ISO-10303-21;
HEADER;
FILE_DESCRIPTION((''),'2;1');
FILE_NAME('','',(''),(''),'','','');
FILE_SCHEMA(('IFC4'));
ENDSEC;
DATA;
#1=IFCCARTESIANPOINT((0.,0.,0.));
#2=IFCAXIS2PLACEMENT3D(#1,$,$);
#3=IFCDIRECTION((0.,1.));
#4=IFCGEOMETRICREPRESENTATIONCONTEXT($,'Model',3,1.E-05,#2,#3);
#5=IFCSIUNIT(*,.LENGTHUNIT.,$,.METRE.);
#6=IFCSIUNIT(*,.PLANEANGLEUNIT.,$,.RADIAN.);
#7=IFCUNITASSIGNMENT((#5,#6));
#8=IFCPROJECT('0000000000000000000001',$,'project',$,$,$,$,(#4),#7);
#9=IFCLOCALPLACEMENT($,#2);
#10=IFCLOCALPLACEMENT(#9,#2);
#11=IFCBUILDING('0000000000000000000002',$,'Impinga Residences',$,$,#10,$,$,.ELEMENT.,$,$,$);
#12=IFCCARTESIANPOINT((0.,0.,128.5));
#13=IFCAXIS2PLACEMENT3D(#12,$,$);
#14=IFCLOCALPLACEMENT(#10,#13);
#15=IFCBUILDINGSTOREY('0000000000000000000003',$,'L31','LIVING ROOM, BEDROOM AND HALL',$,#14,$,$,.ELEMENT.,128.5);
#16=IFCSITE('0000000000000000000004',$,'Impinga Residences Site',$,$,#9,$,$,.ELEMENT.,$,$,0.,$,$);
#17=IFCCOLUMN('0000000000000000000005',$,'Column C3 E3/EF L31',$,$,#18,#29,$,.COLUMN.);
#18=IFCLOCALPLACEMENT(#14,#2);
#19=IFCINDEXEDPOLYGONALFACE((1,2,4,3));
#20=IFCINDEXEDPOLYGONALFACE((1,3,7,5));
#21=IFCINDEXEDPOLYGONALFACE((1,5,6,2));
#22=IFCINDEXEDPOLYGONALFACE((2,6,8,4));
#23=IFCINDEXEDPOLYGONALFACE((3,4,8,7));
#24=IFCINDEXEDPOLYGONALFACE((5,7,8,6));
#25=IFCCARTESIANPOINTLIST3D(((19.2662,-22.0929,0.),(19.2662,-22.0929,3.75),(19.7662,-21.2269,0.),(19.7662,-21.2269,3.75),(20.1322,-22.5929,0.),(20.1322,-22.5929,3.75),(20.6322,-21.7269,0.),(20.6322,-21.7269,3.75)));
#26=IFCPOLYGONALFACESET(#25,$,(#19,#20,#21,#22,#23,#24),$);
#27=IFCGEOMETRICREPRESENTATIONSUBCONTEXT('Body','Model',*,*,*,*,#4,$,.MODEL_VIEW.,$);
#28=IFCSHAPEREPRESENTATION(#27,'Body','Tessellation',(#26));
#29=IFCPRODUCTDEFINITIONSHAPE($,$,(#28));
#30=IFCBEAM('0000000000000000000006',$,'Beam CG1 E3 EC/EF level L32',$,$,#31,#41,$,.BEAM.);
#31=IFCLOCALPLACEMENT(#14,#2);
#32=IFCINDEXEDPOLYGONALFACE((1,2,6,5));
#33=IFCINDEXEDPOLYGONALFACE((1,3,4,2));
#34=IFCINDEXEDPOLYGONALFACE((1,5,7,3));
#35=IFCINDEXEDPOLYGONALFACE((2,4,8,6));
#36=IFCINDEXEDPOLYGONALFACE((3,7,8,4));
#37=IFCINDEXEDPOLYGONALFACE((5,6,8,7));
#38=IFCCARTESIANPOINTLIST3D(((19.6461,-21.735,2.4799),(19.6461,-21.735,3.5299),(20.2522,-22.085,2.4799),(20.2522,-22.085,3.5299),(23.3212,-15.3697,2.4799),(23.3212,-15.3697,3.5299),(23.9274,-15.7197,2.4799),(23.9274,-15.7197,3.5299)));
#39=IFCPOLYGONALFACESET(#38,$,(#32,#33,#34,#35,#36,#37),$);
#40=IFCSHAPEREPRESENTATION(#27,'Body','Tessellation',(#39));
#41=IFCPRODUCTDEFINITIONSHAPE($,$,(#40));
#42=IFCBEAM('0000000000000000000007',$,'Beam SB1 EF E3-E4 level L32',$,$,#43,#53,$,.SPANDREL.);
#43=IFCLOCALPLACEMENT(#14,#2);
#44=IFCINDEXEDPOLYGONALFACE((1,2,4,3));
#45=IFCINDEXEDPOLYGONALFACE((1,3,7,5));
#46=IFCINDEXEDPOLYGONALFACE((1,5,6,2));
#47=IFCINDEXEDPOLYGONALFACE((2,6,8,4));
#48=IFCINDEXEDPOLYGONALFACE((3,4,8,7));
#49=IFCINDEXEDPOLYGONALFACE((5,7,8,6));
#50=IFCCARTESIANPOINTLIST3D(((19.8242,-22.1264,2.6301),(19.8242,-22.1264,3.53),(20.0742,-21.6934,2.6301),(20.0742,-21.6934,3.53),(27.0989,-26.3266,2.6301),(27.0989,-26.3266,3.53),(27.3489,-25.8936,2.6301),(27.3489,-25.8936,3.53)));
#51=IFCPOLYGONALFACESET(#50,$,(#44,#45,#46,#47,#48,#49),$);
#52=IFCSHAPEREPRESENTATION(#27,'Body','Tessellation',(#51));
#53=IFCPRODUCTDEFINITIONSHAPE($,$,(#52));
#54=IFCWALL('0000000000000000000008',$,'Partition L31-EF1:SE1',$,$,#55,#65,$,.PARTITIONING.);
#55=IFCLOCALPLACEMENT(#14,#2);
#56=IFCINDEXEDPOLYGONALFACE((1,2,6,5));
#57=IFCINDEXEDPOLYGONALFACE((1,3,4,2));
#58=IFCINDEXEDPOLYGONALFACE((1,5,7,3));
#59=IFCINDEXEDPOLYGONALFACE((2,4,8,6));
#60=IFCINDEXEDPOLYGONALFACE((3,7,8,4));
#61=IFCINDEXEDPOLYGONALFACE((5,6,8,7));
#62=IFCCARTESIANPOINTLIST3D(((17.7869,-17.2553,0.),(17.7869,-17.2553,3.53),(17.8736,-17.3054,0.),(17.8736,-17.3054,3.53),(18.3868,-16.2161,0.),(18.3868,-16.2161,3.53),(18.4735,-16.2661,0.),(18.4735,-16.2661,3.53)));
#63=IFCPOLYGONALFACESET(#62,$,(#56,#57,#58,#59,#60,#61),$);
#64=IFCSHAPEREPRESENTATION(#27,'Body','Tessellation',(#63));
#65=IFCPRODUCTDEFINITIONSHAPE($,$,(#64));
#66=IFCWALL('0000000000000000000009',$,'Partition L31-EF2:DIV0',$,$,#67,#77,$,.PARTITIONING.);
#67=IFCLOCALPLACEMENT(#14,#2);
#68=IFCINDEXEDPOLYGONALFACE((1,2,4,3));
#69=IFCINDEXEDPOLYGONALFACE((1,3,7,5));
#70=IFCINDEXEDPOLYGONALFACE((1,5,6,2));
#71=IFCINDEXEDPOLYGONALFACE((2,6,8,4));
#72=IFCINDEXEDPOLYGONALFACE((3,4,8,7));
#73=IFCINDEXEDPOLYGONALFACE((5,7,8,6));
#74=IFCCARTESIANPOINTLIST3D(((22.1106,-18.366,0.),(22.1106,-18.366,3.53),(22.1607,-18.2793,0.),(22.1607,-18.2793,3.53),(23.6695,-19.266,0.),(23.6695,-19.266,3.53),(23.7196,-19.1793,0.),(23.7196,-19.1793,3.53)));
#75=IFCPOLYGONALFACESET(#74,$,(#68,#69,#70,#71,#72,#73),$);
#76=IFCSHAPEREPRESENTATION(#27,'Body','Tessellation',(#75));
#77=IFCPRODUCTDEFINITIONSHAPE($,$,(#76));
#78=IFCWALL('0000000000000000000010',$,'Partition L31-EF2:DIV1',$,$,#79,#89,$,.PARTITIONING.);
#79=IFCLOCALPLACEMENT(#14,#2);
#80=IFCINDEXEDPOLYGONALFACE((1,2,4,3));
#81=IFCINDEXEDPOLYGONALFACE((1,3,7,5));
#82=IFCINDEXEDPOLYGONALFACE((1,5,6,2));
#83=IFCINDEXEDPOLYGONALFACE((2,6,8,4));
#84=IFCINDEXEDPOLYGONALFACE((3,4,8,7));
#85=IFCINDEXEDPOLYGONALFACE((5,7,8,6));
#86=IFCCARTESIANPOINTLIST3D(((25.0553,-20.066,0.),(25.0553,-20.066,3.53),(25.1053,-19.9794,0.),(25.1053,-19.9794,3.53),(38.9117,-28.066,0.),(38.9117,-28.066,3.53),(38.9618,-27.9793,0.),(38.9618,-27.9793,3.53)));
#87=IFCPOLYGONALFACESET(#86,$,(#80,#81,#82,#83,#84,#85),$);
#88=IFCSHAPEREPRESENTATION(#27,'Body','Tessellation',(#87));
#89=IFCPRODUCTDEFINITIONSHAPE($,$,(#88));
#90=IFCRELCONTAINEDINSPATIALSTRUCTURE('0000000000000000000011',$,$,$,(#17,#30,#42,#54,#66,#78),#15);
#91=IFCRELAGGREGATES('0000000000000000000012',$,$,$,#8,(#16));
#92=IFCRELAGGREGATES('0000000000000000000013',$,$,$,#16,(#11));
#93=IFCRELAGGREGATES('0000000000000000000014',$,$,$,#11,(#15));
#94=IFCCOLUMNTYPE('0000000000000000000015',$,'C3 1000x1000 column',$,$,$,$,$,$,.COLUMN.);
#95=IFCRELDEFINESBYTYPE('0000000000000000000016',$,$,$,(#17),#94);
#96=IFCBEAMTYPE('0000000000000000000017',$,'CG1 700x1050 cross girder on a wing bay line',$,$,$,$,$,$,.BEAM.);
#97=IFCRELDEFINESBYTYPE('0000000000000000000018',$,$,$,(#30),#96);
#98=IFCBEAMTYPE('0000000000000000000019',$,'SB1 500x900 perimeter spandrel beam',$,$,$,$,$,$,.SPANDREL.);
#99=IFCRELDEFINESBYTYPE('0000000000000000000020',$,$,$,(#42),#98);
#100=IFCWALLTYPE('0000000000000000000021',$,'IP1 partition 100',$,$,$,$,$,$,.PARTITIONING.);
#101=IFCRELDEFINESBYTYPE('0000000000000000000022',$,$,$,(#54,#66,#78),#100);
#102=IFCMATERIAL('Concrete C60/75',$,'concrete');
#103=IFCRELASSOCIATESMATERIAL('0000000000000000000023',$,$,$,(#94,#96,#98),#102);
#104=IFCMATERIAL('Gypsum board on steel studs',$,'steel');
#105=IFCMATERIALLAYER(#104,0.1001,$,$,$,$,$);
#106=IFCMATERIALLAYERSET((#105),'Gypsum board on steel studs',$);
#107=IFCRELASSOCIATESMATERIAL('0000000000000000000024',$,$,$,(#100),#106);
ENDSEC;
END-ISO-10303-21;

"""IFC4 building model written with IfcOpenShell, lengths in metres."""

from ifc_helpers import new_model, si_unit, direction, frame, frame_2d, origin, origin_2d, place, context, subcontext, project, spatial, rectangle, extrude, material, layer, layer_set, material_profile, profile_set, type_object, element, save


model = new_model("IFC4")

# Units and contexts
model_context = context("Model", 3, precision=1e-05, world=origin(), true_north=direction((0.0, 1.0)))
body_context = subcontext(model_context, "Body", "Model", "MODEL_VIEW")
ifc_project = project(units=[si_unit("LENGTHUNIT", "METRE"), si_unit("PLANEANGLEUNIT", "RADIAN")], contexts=[model_context])

# Site, building, storey
site_placement = place(None, origin())
site = spatial("IfcSite", under=ifc_project, at=site_placement, Name="Impinga Residences Site", CompositionType="ELEMENT", RefElevation=0.0)
building_placement = place(site_placement, origin())
building = spatial("IfcBuilding", under=site, at=building_placement, Name="Impinga Residences", CompositionType="ELEMENT")
storey_placement = place(building_placement, frame((0.0, 0.0, 128.5)))
storey = spatial("IfcBuildingStorey", under=building, at=storey_placement, Name="L31", Description="LIVING ROOM, BEDROOM AND HALL", CompositionType="ELEMENT", Elevation=128.5)

# Column
ifc_material_1 = material(Name="Concrete C60/75", Category="concrete")
ifc_material_profile_1 = material_profile(ifc_material_1, rectangle(XDim=1.0, YDim=1.0, at=origin_2d()), Name="RC 1000x1000")
ifc_profile_set_1 = profile_set([ifc_material_profile_1], Name="Concrete C60/75")
column_type = type_object("IfcColumnType", Name="C3 1000x1000 column", PredefinedType="COLUMN", material=ifc_profile_set_1)
column_placement = place(storey_placement, frame((19.9492, -21.9099, 0.0), z_axis=(0.0, 0.0, 1.0), x_axis=(-0.5, -0.866025, 0.0)))
element("IfcColumn", 1, at=column_placement, inside=storey, type_object=column_type, Name="Column C3 E3/EF L31", PredefinedType="COLUMN", context=body_context, shape_type="SweptSolid", body=[
    extrude(rectangle(XDim=1.0, YDim=1.0, at=origin_2d()), origin(), (0.0, 0.0, 1.0), 3.75),
])

# Beams
ifc_material_profile_2 = material_profile(ifc_material_1, rectangle(XDim=0.7, YDim=1.05, at=origin_2d()), Name="RC 700x1050")
ifc_profile_set_2 = profile_set([ifc_material_profile_2], Name="Concrete C60/75")
beam_type_1 = type_object("IfcBeamType", Name="CG1 700x1050 cross girder on a wing bay line", PredefinedType="BEAM", material=ifc_profile_set_2)
beam_1_placement = place(storey_placement, frame((23.6243, -15.5447, 3.0049), z_axis=(-0.500008, -0.866021, 0.0), x_axis=(0.866021, -0.500008, 0.0)))
element("IfcBeam", 2, at=beam_1_placement, inside=storey, type_object=beam_type_1, Name="Beam CG1 E3 EC/EF level L32", PredefinedType="BEAM", context=body_context, shape_type="SweptSolid", body=[
    extrude(rectangle(XDim=0.7, YDim=1.05, at=origin_2d()), origin(), (0.0, 0.0, 1.0), 7.3501),
])
ifc_material_profile_3 = material_profile(ifc_material_1, rectangle(XDim=0.5, YDim=0.8999, at=origin_2d()), Name="RC 500x900")
ifc_profile_set_3 = profile_set([ifc_material_profile_3], Name="Concrete C60/75")
beam_type_2 = type_object("IfcBeamType", Name="SB1 500x900 perimeter spandrel beam", PredefinedType="SPANDREL", material=ifc_profile_set_3)
beam_2_placement = place(storey_placement, frame((19.9492, -21.9099, 3.0801), z_axis=(0.866017, -0.500015, 0.0), x_axis=(0.500015, 0.866017, 0.0)))
element("IfcBeam", 3, at=beam_2_placement, inside=storey, type_object=beam_type_2, Name="Beam SB1 EF E3-E4 level L32", PredefinedType="SPANDREL", context=body_context, shape_type="SweptSolid", body=[
    extrude(rectangle(XDim=0.5, YDim=0.8999, at=origin_2d()), origin(), (0.0, 0.0, 1.0), 8.4001),
])

# Walls
ifc_material_2 = material(Name="Gypsum board on steel studs", Category="steel")
ifc_layer_1 = layer(ifc_material_2, 0.1001)
ifc_layer_set_1 = layer_set([ifc_layer_1], Name="Gypsum board on steel studs")
wall_type_1 = type_object("IfcWallType", Name="IP1 partition 100", PredefinedType="PARTITIONING", material=ifc_layer_set_1)
wall_1_placement = place(storey_placement, frame((18.4302, -16.241, 0.0), z_axis=(0.0, 0.0, 1.0), x_axis=(-0.499881, -0.866094, 0.0)))
element("IfcWall", 4, at=wall_1_placement, inside=storey, type_object=wall_type_1, Name="Partition L31-EF1:SE1", PredefinedType="PARTITIONING", context=body_context, shape_type="SweptSolid", body=[
    extrude(rectangle(XDim=1.2, YDim=0.1001, at=frame_2d((0.6001, 0.0))), origin(), (0.0, 0.0, 1.0), 3.53),
])
wall_2_placement = place(storey_placement, frame((22.1357, -18.3228, 0.0), z_axis=(0.0, 0.0, 1.0), x_axis=(0.866048, -0.499961, 0.0)))
element("IfcWall", 5, at=wall_2_placement, inside=storey, type_object=wall_type_1, Name="Partition L31-EF2:DIV0", PredefinedType="PARTITIONING", context=body_context, shape_type="SweptSolid", body=[
    extrude(rectangle(XDim=1.8, YDim=0.1001, at=frame_2d((0.8999, 0.0))), origin(), (0.0, 0.0, 1.0), 3.53),
])
wall_3_placement = place(storey_placement, frame((25.0803, -20.0227, 0.0), z_axis=(0.0, 0.0, 1.0), x_axis=(0.866026, -0.499999, 0.0)))
element("IfcWall", 6, at=wall_3_placement, inside=storey, type_object=wall_type_1, Name="Partition L31-EF2:DIV1", PredefinedType="PARTITIONING", context=body_context, shape_type="SweptSolid", body=[
    extrude(rectangle(XDim=16.0, YDim=0.1001, at=frame_2d((8.0, 0.0))), origin(), (0.0, 0.0, 1.0), 3.53),
])

save(model, "model.ifc")
